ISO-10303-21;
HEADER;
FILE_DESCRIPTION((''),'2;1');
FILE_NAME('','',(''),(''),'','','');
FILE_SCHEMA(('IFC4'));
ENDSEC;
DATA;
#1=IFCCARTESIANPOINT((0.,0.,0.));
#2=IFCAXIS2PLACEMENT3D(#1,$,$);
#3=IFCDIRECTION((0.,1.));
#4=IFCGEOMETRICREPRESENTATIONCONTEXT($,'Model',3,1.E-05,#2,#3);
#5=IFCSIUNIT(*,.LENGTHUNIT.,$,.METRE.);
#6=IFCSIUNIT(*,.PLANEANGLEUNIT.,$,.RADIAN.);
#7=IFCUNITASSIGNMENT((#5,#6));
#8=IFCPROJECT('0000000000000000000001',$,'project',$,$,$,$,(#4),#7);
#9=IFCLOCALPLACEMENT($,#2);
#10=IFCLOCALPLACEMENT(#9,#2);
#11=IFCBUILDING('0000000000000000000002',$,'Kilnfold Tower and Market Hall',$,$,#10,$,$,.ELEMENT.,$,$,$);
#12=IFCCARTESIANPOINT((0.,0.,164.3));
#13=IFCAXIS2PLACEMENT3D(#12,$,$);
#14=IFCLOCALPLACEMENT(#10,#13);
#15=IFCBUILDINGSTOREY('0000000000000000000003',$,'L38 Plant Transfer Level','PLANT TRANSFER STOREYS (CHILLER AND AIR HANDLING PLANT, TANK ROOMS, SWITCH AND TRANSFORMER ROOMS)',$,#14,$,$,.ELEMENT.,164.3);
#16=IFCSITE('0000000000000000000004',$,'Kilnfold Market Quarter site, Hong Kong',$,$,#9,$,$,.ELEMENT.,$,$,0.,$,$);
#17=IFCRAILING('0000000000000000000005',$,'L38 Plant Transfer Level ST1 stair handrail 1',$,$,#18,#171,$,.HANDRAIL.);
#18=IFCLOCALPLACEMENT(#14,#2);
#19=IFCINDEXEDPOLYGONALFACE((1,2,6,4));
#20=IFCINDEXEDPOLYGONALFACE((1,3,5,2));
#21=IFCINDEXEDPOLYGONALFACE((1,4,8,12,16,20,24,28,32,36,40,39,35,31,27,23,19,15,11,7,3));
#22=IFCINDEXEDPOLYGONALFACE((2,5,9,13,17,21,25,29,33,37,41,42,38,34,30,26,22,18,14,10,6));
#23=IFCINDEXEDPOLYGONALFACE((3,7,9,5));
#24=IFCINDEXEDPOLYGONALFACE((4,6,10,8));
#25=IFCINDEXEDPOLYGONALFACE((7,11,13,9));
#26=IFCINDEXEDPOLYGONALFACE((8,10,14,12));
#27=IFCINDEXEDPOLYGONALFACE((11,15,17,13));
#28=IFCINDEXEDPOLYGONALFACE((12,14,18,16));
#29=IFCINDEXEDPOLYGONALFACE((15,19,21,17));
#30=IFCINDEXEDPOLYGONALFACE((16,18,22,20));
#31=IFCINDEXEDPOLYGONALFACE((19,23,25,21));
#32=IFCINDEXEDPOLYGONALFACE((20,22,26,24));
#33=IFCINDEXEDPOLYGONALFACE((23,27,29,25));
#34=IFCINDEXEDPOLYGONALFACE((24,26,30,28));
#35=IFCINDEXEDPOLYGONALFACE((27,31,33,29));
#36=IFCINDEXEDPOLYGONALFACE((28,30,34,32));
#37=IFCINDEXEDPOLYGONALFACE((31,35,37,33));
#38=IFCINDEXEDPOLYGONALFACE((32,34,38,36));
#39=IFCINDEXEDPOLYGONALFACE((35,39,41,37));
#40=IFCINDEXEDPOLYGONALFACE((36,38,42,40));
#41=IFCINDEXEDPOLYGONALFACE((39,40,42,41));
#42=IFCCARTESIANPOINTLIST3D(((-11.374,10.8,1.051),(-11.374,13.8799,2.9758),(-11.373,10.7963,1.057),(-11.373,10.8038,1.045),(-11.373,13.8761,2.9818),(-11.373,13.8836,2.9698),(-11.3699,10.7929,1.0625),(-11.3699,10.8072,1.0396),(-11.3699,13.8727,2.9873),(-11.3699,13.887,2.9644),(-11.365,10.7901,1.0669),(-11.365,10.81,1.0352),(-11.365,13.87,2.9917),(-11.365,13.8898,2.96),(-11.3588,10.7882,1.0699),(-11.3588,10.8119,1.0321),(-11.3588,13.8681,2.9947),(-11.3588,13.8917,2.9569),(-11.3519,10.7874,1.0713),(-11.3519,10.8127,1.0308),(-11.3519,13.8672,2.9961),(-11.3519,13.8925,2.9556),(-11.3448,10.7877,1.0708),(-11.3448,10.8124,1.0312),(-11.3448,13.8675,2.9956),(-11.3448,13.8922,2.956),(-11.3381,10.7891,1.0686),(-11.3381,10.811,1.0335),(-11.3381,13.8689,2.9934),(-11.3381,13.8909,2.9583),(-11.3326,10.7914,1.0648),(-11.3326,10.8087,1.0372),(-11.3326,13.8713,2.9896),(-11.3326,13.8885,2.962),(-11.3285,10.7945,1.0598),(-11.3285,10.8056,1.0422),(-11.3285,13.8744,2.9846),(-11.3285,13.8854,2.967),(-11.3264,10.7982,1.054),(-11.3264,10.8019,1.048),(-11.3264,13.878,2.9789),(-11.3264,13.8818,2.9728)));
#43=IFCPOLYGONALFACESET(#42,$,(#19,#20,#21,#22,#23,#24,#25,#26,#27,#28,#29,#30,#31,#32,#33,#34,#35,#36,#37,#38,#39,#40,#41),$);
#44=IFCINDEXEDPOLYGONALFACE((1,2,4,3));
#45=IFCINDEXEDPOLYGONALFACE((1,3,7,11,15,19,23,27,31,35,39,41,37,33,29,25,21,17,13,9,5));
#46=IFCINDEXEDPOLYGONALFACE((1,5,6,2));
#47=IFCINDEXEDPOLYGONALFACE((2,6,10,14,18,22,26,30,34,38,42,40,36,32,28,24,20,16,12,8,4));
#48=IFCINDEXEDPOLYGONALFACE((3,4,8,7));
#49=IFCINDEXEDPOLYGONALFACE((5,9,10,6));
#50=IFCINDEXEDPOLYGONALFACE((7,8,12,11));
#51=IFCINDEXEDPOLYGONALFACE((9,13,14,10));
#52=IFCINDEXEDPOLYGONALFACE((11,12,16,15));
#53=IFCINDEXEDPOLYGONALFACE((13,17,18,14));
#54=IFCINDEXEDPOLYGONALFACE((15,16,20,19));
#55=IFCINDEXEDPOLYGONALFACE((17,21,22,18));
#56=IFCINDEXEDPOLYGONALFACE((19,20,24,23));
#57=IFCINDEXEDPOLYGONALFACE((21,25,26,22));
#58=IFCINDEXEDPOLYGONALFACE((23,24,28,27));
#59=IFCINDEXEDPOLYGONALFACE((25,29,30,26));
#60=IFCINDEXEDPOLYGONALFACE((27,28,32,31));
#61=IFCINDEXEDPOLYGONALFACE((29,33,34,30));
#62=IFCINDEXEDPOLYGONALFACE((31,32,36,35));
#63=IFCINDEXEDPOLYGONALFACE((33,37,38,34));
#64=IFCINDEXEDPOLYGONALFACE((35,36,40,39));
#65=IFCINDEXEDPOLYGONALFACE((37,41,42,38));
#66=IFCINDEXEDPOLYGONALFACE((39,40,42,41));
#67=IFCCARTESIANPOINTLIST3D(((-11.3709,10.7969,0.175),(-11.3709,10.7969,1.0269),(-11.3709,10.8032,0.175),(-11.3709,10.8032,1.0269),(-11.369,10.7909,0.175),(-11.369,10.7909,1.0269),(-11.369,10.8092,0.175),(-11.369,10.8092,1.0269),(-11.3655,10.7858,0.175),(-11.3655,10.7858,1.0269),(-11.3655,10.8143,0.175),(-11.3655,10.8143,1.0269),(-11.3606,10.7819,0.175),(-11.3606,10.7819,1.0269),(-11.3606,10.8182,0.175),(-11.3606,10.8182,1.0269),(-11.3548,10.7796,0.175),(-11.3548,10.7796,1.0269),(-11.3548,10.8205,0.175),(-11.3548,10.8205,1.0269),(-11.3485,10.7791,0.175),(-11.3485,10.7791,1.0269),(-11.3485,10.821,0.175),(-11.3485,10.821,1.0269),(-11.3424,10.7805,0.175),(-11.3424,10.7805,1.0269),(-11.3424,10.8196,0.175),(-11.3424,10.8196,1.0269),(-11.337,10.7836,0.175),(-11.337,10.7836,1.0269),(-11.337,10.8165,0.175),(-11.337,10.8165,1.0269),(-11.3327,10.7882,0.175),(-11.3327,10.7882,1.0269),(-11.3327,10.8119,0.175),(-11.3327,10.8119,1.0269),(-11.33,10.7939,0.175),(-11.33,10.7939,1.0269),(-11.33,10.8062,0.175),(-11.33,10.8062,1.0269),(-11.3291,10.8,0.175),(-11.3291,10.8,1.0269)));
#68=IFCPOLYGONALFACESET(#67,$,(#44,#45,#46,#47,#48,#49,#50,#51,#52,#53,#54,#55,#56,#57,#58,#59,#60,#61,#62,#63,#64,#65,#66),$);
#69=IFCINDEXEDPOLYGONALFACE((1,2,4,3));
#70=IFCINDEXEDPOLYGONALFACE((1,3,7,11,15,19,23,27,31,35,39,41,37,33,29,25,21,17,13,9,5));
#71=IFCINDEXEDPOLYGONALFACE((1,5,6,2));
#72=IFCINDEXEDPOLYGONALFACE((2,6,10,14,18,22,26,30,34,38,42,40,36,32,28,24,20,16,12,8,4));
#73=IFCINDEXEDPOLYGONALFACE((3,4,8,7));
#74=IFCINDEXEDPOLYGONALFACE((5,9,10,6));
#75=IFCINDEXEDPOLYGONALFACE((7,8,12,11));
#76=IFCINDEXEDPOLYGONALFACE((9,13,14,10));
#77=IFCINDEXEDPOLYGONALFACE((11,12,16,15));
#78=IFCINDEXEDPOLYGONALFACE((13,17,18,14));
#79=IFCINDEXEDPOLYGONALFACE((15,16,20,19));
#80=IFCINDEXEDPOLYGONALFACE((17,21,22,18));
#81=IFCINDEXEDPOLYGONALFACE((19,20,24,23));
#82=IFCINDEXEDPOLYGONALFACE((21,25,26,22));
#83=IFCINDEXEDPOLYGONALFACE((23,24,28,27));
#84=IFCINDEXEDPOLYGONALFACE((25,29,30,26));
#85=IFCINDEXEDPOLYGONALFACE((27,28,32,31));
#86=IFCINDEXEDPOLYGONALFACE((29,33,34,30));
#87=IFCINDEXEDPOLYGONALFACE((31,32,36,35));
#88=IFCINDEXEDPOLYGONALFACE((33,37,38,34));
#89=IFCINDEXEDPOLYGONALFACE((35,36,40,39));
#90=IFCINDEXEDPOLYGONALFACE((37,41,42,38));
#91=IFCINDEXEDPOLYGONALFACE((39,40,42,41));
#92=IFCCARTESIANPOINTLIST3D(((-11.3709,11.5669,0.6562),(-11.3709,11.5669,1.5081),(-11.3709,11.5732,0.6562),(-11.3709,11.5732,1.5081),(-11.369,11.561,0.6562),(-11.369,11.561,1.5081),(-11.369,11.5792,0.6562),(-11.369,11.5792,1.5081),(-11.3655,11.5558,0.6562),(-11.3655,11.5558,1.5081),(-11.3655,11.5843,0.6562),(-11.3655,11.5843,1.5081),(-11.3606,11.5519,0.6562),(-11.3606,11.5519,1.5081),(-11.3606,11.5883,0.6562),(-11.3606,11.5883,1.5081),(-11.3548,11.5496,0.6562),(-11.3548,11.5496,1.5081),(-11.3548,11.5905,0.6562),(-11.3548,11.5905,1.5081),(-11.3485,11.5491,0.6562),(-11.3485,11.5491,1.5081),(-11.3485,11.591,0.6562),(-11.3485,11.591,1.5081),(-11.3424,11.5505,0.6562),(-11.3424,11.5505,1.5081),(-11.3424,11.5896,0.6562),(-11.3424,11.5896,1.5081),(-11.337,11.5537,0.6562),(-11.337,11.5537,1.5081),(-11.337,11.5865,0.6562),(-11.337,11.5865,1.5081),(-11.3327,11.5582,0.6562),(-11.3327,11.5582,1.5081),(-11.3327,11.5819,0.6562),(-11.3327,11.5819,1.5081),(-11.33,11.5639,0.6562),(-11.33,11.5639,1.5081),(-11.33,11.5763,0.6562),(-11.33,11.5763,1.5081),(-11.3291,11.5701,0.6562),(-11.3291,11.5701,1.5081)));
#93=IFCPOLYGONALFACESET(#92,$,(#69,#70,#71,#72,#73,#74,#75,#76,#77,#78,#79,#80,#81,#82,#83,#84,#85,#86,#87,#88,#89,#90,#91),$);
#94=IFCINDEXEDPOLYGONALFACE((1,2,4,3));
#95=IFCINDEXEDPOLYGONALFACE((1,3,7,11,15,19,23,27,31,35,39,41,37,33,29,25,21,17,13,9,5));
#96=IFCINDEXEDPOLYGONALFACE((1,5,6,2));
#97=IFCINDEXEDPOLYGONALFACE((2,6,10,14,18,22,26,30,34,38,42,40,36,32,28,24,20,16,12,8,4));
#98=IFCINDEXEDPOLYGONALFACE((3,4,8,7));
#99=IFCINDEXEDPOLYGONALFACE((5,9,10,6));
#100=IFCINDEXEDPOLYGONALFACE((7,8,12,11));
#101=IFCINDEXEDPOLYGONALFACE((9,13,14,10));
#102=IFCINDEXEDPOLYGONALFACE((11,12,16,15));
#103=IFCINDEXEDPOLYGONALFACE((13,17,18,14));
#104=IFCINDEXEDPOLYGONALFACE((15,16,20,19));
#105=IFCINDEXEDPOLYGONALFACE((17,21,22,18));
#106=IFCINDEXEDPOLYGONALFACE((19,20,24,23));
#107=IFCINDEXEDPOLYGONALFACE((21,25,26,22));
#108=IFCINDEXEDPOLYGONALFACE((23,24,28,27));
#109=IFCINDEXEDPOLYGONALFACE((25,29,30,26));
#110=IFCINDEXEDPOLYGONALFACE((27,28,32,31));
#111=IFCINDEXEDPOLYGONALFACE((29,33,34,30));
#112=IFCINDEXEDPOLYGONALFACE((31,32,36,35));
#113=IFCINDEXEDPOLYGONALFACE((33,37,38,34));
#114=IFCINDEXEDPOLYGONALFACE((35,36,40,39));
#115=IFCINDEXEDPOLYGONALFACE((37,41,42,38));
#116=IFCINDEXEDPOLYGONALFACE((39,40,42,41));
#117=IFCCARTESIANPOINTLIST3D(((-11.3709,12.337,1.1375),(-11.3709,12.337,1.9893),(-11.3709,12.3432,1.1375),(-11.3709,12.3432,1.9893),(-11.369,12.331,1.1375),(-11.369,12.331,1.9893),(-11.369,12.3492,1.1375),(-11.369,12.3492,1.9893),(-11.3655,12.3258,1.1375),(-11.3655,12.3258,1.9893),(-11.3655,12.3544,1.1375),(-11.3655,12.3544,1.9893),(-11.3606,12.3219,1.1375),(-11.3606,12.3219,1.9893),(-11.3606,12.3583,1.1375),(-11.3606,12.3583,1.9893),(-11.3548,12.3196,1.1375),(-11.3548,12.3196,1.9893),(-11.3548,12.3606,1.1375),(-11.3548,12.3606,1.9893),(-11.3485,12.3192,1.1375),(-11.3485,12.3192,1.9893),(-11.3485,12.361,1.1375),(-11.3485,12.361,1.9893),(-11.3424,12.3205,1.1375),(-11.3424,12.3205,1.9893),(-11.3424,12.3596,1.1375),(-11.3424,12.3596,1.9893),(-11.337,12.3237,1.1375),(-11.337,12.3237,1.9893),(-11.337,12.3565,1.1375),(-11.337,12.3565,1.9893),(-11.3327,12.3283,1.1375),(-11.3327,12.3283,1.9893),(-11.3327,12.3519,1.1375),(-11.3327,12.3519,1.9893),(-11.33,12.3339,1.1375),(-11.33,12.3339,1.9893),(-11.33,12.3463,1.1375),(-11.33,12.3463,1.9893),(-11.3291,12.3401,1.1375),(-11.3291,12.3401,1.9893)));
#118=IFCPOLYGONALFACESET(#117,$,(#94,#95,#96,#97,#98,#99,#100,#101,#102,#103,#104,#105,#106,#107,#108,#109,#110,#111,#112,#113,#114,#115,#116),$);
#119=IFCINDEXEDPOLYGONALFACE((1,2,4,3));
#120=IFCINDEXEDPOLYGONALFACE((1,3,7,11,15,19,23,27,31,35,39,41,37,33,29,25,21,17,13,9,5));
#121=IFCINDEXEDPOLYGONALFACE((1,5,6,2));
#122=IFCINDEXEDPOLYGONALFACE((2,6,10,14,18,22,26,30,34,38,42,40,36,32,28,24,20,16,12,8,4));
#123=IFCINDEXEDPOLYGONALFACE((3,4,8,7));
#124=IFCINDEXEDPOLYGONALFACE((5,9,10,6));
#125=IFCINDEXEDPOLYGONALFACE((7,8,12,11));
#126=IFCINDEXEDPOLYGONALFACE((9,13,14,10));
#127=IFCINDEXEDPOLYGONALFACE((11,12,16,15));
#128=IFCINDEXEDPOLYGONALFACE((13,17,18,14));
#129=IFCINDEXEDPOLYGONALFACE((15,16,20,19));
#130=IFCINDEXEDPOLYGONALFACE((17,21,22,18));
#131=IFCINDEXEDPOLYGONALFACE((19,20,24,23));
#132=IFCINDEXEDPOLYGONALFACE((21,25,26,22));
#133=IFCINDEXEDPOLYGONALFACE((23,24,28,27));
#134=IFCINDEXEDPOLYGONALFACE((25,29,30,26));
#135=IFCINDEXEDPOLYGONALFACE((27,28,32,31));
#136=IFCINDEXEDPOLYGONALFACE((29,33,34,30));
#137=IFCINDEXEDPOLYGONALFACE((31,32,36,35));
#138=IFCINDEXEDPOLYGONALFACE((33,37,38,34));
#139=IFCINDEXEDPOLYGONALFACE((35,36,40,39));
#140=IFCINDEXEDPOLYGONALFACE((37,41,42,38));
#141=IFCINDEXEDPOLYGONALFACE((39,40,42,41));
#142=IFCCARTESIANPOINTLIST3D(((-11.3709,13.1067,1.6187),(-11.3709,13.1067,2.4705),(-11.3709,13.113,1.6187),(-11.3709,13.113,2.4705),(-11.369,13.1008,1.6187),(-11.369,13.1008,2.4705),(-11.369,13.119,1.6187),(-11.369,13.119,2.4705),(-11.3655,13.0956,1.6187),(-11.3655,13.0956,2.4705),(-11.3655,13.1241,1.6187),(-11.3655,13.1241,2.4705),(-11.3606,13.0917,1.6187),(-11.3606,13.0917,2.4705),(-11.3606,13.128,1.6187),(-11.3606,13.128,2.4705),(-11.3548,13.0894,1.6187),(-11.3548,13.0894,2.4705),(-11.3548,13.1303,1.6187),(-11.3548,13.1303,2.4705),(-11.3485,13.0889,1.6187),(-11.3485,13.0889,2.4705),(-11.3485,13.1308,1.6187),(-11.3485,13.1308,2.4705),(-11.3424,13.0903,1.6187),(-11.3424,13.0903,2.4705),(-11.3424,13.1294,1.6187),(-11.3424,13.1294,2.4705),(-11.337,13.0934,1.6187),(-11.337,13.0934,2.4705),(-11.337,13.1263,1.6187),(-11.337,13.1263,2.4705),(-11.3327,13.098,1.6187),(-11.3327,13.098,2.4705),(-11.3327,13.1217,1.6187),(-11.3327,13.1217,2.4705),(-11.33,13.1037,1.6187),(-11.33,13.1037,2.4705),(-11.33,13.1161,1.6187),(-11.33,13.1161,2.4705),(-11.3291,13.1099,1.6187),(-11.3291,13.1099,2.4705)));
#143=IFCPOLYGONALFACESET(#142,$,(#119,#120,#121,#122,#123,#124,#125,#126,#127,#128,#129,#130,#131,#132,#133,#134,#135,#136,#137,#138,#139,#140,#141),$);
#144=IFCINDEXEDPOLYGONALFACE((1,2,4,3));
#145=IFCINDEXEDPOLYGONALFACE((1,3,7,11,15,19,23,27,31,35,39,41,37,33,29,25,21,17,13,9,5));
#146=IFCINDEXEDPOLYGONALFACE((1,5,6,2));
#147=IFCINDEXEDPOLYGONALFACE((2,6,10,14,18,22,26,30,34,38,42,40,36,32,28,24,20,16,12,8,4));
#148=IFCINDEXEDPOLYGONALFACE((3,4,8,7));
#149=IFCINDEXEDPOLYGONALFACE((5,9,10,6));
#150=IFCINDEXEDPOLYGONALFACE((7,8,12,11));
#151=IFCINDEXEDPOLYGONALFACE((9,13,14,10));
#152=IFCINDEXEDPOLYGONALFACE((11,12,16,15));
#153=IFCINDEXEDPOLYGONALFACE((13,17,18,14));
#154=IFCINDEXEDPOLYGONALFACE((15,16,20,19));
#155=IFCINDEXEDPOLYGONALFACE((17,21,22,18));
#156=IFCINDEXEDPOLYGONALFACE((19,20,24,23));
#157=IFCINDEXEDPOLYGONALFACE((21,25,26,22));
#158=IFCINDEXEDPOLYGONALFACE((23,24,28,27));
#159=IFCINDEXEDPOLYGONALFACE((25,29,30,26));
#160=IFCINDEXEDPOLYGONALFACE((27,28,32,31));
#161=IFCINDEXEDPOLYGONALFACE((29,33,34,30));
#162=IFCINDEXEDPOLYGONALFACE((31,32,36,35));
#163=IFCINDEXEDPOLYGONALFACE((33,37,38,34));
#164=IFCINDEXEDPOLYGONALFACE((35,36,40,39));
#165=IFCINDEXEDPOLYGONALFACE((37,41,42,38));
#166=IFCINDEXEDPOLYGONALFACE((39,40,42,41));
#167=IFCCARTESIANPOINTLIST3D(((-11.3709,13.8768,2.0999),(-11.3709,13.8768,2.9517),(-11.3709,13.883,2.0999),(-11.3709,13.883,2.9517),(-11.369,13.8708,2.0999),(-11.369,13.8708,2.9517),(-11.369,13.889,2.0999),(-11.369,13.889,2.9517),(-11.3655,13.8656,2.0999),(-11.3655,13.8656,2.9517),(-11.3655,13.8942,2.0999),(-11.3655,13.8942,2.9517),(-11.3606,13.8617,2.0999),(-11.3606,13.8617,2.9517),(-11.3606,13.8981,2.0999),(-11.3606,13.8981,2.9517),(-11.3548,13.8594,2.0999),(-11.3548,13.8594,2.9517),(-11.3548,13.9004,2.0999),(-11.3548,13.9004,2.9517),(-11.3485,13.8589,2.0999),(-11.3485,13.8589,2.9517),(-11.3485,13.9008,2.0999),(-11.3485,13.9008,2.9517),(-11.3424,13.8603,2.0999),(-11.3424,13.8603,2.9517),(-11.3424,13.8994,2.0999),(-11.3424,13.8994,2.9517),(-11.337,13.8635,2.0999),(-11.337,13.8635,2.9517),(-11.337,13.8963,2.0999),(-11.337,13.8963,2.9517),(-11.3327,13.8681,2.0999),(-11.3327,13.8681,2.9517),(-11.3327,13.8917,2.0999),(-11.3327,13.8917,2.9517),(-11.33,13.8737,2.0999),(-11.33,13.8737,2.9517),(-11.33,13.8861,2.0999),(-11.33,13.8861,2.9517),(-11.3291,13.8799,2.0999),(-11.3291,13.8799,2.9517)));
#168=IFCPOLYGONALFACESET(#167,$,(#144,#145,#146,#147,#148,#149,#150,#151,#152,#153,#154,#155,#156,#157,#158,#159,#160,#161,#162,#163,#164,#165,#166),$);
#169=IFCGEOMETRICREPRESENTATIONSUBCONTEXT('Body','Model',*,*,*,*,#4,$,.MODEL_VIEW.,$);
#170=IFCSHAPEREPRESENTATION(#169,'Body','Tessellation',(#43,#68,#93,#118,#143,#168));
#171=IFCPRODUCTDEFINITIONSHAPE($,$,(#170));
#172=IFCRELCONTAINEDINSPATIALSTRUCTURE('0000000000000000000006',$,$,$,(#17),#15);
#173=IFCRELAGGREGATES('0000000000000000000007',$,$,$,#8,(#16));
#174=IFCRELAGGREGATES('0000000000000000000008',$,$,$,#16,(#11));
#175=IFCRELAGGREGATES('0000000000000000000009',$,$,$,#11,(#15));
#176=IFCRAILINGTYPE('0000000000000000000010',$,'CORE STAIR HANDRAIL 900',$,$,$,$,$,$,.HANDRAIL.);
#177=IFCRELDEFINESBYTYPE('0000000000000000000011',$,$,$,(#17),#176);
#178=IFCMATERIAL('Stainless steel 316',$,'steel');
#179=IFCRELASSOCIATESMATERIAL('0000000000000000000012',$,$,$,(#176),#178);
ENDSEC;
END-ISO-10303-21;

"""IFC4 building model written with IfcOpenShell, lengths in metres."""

from ifc_helpers import new_model, si_unit, direction, frame, origin, origin_2d, place, context, subcontext, project, spatial, circle, extrude, material, type_object, element, save


model = new_model("IFC4")

# Units and contexts
model_context = context("Model", 3, precision=1e-05, world=origin(), true_north=direction((0.0, 1.0)))
body_context = subcontext(model_context, "Body", "Model", "MODEL_VIEW")
ifc_project = project(units=[si_unit("LENGTHUNIT", "METRE"), si_unit("PLANEANGLEUNIT", "RADIAN")], contexts=[model_context])

# Site, building, storey
site_placement = place(None, origin())
site = spatial("IfcSite", under=ifc_project, at=site_placement, Name="Kilnfold Market Quarter site, Hong Kong", CompositionType="ELEMENT", RefElevation=0.0)
building_placement = place(site_placement, origin())
building = spatial("IfcBuilding", under=site, at=building_placement, Name="Kilnfold Tower and Market Hall", CompositionType="ELEMENT")
storey_placement = place(building_placement, frame((0.0, 0.0, 164.3)))
storey = spatial("IfcBuildingStorey", under=building, at=storey_placement, Name="L38 Plant Transfer Level", Description="PLANT TRANSFER STOREYS (CHILLER AND AIR HANDLING PLANT, TANK ROOMS, SWITCH AND TRANSFORMER ROOMS)", CompositionType="ELEMENT", Elevation=164.3)

# Railing
ifc_material_1 = material(Name="Stainless steel 316", Category="steel")
railing_type = type_object("IfcRailingType", Name="CORE STAIR HANDRAIL 900", PredefinedType="HANDRAIL", material=ifc_material_1)
railing_placement = place(storey_placement, frame((-11.3501, 10.8, 0.175)))
element("IfcRailing", 1, at=railing_placement, inside=storey, type_object=railing_type, Name="L38 Plant Transfer Level ST1 stair handrail 1", PredefinedType="HANDRAIL", context=body_context, shape_type="SweptSolid", body=[
    extrude(circle(Radius=0.0239, at=origin_2d()), frame((0.0, 0.0, 0.876), z_axis=(0.0, 0.84801, 0.529981), x_axis=(-1.0, 0.0, 0.0)), (0.0, 0.0, 1.0), 3.6318),
    extrude(circle(Radius=0.021, at=origin_2d()), origin(), (0.0, 0.0, 1.0), 0.8518),
    extrude(circle(Radius=0.021, at=origin_2d()), frame((0.0, 0.77, 0.4812)), (0.0, 0.0, 1.0), 0.8518),
    extrude(circle(Radius=0.021, at=origin_2d()), frame((0.0, 1.54, 0.9624)), (0.0, 0.0, 1.0), 0.8518),
    extrude(circle(Radius=0.021, at=origin_2d()), frame((0.0, 2.3098, 1.4436)), (0.0, 0.0, 1.0), 0.8518),
    extrude(circle(Radius=0.021, at=origin_2d()), frame((0.0, 3.0798, 1.9248)), (0.0, 0.0, 1.0), 0.8518),
])

save(model, "model.ifc")
